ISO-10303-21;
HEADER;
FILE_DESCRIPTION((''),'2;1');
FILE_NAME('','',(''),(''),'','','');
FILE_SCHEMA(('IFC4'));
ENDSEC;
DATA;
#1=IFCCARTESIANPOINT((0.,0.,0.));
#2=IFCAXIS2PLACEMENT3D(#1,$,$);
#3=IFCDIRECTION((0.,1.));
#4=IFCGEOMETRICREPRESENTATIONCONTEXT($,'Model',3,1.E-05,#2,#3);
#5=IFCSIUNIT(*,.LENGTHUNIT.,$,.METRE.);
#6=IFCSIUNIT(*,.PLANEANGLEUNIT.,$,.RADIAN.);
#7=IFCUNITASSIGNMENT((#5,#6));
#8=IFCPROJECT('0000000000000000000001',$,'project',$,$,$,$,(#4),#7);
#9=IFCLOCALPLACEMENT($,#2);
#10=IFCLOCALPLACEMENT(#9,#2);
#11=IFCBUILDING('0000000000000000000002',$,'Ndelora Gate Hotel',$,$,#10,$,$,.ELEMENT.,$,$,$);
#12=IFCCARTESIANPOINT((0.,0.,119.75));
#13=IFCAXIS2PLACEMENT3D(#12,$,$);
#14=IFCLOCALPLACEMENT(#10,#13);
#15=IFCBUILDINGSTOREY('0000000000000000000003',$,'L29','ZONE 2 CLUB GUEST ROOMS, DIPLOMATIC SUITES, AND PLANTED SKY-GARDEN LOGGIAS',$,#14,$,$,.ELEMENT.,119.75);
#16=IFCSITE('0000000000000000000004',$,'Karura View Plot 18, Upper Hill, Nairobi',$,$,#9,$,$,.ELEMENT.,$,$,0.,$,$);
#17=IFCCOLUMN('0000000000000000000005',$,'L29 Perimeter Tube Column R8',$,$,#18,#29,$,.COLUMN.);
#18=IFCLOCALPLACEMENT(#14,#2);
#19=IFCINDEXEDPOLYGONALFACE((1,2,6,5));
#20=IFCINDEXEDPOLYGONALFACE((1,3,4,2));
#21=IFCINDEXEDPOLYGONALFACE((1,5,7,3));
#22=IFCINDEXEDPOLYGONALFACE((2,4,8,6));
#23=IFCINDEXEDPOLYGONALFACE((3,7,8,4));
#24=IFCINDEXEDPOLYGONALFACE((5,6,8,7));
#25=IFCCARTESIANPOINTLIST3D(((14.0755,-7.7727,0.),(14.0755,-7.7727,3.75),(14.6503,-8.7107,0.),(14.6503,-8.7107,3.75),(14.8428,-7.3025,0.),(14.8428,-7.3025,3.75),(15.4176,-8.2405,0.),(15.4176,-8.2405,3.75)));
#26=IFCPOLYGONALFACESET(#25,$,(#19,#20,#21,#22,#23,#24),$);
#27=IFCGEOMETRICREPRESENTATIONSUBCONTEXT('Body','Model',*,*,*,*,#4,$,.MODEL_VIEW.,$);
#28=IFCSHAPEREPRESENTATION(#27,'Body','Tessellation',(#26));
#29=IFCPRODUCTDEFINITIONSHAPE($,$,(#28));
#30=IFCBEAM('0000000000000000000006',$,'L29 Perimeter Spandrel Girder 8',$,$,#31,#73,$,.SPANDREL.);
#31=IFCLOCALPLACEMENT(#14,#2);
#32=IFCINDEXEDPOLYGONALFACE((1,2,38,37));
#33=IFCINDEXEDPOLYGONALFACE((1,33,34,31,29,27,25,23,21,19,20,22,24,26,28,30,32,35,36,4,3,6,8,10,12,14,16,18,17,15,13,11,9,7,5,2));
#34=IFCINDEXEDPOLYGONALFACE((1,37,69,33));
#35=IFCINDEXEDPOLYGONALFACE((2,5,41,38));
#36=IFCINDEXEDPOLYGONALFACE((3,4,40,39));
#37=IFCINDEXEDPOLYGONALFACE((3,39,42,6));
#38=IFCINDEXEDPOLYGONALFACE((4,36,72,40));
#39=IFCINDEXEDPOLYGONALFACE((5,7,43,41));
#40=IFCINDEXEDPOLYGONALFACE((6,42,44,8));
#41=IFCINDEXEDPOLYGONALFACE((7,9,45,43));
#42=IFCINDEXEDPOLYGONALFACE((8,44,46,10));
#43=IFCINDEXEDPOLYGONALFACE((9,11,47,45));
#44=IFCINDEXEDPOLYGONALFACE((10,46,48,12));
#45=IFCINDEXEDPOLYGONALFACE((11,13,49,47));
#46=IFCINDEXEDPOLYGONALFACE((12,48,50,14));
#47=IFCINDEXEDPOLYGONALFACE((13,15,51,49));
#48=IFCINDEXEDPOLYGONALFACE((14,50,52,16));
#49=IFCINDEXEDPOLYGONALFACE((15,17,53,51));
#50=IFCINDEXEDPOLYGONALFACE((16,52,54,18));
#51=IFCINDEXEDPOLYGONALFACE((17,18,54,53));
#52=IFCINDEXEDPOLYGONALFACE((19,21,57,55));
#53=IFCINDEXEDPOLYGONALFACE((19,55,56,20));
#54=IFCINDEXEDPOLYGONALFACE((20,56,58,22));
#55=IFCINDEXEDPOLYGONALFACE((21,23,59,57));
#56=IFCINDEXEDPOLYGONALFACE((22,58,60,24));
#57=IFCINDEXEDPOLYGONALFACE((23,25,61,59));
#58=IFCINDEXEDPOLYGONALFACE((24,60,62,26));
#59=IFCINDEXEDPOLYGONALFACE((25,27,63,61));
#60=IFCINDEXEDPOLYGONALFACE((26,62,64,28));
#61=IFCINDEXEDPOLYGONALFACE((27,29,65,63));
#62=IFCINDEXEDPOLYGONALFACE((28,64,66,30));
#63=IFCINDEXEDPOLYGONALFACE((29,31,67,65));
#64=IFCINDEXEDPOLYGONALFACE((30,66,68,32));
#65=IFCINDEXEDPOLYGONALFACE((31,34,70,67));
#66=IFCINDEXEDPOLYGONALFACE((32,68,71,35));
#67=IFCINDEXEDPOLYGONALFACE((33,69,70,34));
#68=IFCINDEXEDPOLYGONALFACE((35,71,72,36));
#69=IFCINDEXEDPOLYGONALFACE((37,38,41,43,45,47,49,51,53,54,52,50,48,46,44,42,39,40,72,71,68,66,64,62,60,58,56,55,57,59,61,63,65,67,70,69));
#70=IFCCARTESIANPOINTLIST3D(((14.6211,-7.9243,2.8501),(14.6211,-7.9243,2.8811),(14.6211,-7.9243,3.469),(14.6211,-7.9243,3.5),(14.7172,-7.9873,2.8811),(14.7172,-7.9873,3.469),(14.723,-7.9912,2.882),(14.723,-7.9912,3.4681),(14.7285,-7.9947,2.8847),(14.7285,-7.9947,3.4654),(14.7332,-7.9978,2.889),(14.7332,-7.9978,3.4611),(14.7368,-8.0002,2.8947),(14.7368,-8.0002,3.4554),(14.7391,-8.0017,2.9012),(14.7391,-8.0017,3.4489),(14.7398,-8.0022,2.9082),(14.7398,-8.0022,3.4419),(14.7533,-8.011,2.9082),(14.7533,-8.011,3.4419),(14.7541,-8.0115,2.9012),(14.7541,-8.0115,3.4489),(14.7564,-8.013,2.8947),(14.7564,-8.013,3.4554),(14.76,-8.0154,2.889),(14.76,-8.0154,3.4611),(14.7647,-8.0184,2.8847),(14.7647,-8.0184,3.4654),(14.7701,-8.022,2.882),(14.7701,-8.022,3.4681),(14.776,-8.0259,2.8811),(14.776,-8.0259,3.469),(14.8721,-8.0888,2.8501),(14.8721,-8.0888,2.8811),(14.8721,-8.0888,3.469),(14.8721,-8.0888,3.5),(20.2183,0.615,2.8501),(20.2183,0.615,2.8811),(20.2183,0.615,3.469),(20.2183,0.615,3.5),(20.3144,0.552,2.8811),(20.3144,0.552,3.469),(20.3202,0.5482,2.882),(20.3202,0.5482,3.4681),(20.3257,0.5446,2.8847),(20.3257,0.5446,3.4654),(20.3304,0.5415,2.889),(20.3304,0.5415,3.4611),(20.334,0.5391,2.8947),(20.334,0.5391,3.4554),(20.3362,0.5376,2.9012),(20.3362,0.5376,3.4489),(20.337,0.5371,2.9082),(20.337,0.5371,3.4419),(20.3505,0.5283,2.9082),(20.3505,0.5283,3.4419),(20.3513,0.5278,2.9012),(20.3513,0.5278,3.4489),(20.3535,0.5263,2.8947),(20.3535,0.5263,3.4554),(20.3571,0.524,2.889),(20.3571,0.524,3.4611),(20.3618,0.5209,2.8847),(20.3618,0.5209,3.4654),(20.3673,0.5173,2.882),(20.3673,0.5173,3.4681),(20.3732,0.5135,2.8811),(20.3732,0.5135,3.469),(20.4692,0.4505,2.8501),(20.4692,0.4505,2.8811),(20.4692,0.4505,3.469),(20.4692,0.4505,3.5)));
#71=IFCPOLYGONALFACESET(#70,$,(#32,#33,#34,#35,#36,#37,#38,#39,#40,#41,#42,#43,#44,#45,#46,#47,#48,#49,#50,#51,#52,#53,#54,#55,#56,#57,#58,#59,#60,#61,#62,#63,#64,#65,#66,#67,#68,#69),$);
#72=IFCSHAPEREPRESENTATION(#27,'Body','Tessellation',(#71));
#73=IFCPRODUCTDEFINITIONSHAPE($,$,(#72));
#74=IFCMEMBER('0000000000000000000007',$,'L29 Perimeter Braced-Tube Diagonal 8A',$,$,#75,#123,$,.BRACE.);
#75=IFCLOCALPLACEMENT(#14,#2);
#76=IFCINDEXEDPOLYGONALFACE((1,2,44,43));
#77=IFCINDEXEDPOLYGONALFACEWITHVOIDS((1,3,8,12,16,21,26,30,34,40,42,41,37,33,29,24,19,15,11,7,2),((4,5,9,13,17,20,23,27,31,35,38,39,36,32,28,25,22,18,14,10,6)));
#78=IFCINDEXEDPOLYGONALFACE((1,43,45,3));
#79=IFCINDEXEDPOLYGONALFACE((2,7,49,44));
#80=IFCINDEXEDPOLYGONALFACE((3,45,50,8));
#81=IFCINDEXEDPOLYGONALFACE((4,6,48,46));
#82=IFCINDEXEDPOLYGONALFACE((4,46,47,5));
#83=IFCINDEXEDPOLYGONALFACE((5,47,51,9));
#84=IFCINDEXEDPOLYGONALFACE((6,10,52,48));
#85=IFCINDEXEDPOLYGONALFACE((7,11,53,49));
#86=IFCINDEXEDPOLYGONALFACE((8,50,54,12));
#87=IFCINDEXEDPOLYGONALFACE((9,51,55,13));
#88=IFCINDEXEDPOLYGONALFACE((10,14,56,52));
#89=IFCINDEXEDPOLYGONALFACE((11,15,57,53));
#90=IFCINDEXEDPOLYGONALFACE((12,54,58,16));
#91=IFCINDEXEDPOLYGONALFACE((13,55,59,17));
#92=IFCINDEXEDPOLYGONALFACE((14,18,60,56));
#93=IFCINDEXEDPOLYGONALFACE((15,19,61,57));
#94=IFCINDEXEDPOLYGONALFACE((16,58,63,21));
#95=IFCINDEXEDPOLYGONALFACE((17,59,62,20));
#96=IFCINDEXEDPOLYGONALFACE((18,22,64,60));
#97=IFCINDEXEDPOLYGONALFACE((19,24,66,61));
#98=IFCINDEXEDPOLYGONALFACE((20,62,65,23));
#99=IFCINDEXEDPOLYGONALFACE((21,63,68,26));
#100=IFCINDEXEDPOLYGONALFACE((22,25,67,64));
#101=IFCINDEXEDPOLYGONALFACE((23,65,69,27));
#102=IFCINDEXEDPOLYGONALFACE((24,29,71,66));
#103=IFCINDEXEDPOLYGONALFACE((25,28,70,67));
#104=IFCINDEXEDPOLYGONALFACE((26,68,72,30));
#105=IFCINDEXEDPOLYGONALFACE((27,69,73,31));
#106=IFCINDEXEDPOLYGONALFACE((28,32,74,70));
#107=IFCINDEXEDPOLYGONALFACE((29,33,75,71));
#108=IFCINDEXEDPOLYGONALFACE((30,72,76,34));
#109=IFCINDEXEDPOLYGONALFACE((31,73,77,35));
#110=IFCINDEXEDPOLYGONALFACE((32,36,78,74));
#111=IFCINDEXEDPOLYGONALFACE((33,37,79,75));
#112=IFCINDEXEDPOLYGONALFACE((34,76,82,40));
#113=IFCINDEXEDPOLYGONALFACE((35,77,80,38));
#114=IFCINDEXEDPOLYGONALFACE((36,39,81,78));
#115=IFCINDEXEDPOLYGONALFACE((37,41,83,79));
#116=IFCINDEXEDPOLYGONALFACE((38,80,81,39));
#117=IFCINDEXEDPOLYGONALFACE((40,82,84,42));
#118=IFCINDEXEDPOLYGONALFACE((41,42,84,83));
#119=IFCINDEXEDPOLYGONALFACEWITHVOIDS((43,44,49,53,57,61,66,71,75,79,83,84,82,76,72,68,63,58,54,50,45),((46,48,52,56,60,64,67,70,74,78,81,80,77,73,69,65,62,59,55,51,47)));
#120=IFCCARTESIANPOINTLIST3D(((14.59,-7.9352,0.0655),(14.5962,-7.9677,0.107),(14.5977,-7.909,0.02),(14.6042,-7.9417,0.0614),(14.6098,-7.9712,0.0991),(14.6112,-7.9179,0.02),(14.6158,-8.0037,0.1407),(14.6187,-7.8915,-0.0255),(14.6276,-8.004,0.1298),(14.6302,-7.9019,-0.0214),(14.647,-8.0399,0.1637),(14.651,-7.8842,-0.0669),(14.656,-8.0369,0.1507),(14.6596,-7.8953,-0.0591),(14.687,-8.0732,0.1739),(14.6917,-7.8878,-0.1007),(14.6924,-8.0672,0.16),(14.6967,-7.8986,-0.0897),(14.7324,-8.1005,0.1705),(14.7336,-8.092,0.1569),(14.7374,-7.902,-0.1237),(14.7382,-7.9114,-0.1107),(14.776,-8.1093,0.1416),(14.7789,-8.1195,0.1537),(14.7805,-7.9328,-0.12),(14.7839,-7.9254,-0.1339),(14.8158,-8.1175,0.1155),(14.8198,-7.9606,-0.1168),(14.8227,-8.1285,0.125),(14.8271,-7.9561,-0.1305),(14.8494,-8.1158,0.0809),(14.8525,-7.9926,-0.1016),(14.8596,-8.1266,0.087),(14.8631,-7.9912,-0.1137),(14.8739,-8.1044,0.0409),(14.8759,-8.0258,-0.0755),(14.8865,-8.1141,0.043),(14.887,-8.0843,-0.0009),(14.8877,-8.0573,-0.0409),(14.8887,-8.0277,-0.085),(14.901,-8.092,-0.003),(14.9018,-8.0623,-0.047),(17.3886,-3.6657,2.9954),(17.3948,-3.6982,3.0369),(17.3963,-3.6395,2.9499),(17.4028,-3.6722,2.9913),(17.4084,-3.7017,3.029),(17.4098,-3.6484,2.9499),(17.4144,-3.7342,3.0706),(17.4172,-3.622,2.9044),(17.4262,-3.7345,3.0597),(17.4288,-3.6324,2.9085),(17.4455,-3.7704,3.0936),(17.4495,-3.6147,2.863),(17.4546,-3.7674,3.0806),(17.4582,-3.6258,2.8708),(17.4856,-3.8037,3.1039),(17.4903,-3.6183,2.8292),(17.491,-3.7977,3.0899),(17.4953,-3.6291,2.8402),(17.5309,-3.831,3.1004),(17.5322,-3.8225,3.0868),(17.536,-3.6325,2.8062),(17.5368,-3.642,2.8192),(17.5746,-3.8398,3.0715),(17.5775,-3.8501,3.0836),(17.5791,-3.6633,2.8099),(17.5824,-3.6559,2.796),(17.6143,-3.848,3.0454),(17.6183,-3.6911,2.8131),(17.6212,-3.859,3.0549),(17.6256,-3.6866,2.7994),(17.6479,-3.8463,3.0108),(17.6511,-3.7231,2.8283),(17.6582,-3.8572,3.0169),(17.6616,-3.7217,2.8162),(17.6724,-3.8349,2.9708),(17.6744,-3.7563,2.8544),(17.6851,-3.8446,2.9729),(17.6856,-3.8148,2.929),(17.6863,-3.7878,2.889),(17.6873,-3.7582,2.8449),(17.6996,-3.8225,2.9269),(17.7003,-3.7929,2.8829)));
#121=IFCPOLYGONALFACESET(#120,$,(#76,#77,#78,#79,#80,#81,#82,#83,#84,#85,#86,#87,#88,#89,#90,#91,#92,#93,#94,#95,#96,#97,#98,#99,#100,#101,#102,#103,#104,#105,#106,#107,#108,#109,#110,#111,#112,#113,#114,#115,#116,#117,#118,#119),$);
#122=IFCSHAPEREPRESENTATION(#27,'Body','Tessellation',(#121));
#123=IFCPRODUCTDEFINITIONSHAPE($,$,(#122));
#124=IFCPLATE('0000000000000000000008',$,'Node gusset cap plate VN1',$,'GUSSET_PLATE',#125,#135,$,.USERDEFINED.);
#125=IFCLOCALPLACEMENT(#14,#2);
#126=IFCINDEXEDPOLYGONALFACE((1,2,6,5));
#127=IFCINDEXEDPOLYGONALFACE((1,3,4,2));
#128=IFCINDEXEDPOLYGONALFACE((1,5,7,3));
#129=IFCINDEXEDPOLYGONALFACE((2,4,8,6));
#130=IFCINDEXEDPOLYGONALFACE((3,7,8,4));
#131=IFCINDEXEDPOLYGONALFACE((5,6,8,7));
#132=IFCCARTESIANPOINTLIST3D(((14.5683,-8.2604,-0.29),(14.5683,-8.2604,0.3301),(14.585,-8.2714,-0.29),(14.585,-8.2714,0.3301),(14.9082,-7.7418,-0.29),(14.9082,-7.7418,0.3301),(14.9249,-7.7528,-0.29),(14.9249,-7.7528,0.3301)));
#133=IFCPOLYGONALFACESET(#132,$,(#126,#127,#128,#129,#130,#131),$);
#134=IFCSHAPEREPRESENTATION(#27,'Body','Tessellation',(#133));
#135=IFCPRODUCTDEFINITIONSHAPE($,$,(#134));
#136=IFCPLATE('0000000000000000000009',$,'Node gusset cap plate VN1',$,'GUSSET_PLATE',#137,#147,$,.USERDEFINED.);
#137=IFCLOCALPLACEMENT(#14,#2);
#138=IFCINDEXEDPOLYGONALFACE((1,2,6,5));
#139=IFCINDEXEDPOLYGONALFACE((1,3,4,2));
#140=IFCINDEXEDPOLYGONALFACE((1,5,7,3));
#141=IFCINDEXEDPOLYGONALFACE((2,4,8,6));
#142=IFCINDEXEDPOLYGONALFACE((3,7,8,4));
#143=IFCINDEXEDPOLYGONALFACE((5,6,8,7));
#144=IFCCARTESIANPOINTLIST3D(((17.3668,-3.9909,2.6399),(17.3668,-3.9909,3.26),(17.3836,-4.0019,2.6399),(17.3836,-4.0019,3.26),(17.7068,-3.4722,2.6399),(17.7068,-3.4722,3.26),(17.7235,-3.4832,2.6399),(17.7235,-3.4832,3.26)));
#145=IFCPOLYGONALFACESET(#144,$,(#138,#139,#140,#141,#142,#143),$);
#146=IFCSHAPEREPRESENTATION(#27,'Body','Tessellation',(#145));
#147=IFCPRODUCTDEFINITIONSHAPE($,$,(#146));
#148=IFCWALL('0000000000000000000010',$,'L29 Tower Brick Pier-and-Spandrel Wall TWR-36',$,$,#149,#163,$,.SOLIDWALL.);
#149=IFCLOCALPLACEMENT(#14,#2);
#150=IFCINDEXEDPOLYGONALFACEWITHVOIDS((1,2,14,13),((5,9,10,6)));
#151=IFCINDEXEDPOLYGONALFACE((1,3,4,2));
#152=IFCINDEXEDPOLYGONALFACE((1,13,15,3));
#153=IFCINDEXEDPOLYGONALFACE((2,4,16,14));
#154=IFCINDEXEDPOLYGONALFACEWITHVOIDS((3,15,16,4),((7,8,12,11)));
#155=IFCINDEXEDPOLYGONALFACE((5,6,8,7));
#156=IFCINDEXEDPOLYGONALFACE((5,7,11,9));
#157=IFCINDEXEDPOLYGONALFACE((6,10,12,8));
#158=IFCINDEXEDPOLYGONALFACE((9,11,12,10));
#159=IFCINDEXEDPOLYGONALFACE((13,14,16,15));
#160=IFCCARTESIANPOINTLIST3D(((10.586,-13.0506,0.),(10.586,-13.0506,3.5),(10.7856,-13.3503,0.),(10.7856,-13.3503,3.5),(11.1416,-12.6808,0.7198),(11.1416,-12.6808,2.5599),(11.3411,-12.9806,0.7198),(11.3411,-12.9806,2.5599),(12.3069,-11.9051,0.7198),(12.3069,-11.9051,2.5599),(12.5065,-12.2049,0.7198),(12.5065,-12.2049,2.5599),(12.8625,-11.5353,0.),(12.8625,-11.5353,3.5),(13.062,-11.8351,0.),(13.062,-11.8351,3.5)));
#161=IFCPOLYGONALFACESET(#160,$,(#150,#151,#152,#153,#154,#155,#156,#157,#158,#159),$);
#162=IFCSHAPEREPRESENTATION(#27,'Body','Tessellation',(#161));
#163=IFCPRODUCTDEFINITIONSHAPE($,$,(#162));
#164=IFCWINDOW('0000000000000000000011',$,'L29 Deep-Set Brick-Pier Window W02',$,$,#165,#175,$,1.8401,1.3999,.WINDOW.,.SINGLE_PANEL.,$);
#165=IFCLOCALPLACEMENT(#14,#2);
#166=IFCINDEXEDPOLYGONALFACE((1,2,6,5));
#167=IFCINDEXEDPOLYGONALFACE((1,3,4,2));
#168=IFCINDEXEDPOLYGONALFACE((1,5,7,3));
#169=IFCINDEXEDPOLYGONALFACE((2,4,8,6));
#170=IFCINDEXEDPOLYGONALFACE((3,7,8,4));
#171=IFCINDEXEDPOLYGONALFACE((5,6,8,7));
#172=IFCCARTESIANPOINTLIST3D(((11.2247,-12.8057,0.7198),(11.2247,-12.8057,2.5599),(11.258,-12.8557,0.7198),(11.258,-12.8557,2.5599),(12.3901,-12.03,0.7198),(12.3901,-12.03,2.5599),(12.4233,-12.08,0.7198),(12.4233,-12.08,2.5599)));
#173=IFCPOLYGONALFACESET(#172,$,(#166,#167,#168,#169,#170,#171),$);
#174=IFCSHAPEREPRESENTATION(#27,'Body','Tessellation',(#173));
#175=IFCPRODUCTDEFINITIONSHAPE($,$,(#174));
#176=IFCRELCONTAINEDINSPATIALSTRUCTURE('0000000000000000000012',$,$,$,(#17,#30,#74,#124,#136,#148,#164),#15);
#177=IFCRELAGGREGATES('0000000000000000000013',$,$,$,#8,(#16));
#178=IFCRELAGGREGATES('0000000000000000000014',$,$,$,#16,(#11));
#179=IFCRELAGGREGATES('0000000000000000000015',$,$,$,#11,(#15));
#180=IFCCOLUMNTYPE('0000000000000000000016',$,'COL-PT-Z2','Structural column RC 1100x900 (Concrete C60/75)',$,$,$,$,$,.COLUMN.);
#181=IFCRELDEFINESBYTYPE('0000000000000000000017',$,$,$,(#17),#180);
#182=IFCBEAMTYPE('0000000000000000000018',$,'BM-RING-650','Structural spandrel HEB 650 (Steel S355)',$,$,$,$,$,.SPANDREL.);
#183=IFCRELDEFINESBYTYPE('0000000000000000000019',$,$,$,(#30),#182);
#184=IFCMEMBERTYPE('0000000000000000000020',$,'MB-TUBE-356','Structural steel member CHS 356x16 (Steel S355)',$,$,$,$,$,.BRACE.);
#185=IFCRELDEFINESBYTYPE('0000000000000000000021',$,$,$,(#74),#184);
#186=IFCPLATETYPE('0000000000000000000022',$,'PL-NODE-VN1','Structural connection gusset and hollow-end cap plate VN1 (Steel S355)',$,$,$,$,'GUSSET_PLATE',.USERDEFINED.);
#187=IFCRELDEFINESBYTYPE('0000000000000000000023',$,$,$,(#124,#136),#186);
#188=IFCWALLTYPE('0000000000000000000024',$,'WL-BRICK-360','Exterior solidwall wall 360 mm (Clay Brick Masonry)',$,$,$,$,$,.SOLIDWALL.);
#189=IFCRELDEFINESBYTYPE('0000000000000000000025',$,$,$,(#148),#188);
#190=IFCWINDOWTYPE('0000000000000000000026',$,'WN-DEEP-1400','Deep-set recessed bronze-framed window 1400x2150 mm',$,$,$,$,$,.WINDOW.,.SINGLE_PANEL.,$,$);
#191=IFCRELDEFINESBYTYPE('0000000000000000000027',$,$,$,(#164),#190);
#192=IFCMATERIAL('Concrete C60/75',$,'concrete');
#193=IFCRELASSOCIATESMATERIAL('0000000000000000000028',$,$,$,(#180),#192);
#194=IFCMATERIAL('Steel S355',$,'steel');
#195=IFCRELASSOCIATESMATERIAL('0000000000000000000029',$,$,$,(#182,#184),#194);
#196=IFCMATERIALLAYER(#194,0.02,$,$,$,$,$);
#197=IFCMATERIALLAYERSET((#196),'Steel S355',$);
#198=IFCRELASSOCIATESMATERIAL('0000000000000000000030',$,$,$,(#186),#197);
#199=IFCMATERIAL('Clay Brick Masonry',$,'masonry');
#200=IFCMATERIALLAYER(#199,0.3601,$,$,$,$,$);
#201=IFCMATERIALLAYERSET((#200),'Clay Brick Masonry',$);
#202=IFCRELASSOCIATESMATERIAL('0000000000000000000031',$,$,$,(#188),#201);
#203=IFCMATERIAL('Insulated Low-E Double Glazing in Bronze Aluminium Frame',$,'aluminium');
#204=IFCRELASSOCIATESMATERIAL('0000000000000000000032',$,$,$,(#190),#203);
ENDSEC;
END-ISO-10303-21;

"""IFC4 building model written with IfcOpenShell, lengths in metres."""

from ifc_helpers import new_model, si_unit, direction, frame, frame_2d, origin, origin_2d, place, context, subcontext, project, spatial, rectangle, hollow_circle, i_section, extrude, material, layer, layer_set, material_profile, profile_set, type_object, element, fill, save


model = new_model("IFC4")

# Units and contexts
model_context = context("Model", 3, precision=1e-05, world=origin(), true_north=direction((0.0, 1.0)))
body_context = subcontext(model_context, "Body", "Model", "MODEL_VIEW")
ifc_project = project(units=[si_unit("LENGTHUNIT", "METRE"), si_unit("PLANEANGLEUNIT", "RADIAN")], contexts=[model_context])

# Site, building, storey
site_placement = place(None, origin())
site = spatial("IfcSite", under=ifc_project, at=site_placement, Name="Karura View Plot 18, Upper Hill, Nairobi", CompositionType="ELEMENT", RefElevation=0.0)
building_placement = place(site_placement, origin())
building = spatial("IfcBuilding", under=site, at=building_placement, Name="Ndelora Gate Hotel", CompositionType="ELEMENT")
storey_placement = place(building_placement, frame((0.0, 0.0, 119.75)))
storey = spatial("IfcBuildingStorey", under=building, at=storey_placement, Name="L29", Description="ZONE 2 CLUB GUEST ROOMS, DIPLOMATIC SUITES, AND PLANTED SKY-GARDEN LOGGIAS", CompositionType="ELEMENT", Elevation=119.75)

# Column
ifc_material_1 = material(Name="Concrete C60/75", Category="concrete")
ifc_material_profile_1 = material_profile(ifc_material_1, rectangle(XDim=0.8999, YDim=1.1001, at=origin_2d()), Name="RC 1100x900")
ifc_profile_set_1 = profile_set([ifc_material_profile_1], Name="Concrete C60/75")
column_type = type_object("IfcColumnType", Name="COL-PT-Z2", Description="Structural column RC 1100x900 (Concrete C60/75)", PredefinedType="COLUMN", material=ifc_profile_set_1)
column_placement = place(storey_placement, frame((14.7466, -8.0066, 0.0), z_axis=(0.0, 0.0, 1.0), x_axis=(0.85264, 0.522499, 0.0)))
element("IfcColumn", 1, at=column_placement, inside=storey, type_object=column_type, Name="L29 Perimeter Tube Column R8", PredefinedType="COLUMN", context=body_context, shape_type="SweptSolid", body=[
    extrude(rectangle(XDim=0.8999, YDim=1.1001, at=origin_2d()), origin(), (0.0, 0.0, 1.0), 3.75),
])

# Beam
ifc_material_2 = material(Name="Steel S355", Category="steel")
ifc_material_profile_2 = material_profile(ifc_material_2, i_section(OverallWidth=0.3, OverallDepth=0.6499, WebThickness=0.0161, FlangeThickness=0.031, FilletRadius=0.0271, at=origin_2d()), Name="HEB 650")
ifc_profile_set_2 = profile_set([ifc_material_profile_2], Name="Steel S355")
beam_type = type_object("IfcBeamType", Name="BM-RING-650", Description="Structural spandrel HEB 650 (Steel S355)", PredefinedType="SPANDREL", material=ifc_profile_set_2)
beam_placement = place(storey_placement, frame((14.7466, -8.0066, 3.175), z_axis=(0.548194, 0.836351, 0.0), x_axis=(-0.836351, 0.548194, 0.0)))
element("IfcBeam", 2, at=beam_placement, inside=storey, type_object=beam_type, Name="L29 Perimeter Spandrel Girder 8", PredefinedType="SPANDREL", context=body_context, shape_type="SweptSolid", body=[
    extrude(i_section(OverallWidth=0.3, OverallDepth=0.6499, WebThickness=0.0161, FlangeThickness=0.031, FilletRadius=0.0271, at=origin_2d()), origin(), (0.0, 0.0, 1.0), 10.2102),
])

# Member
ifc_material_profile_3 = material_profile(ifc_material_2, hollow_circle(Radius=0.178, WallThickness=0.0161, at=origin_2d()), Name="CHS 356x16")
ifc_profile_set_3 = profile_set([ifc_material_profile_3], Name="Steel S355")
member_type = type_object("IfcMemberType", Name="MB-TUBE-356", Description="Structural steel member CHS 356x16 (Steel S355)", PredefinedType="BRACE", material=ifc_profile_set_3)
member_placement = place(storey_placement, frame((14.7466, -8.0066, 0.02), z_axis=(0.475461, 0.725366, 0.497776), x_axis=(-0.836344, 0.548205, 0.0)))
element("IfcMember", 3, at=member_placement, inside=storey, type_object=member_type, Name="L29 Perimeter Braced-Tube Diagonal 8A", PredefinedType="BRACE", context=body_context, shape_type="SweptSolid", body=[
    extrude(hollow_circle(Radius=0.178, WallThickness=0.0161, at=origin_2d()), origin(), (0.0, 0.0, 1.0), 5.886),
])

# Plates
ifc_layer_1 = layer(ifc_material_2, 0.02)
ifc_layer_set_1 = layer_set([ifc_layer_1], Name="Steel S355")
plate_type = type_object("IfcPlateType", Name="PL-NODE-VN1", Description="Structural connection gusset and hollow-end cap plate VN1 (Steel S355)", ElementType="GUSSET_PLATE", PredefinedType="USERDEFINED", material=ifc_layer_set_1)
for number, where, z_axis, x_axis, name in (
    (4, (14.7466, -8.0066, -0.29), (0.0, 0.0, 1.0), (0.548147, 0.836382, 0.0), "Node gusset cap plate VN1"),
    (5, (17.5452, -3.7371, 2.6399), (0.0, 0.0, 1.0), (0.548147, 0.836382, 0.0), "Node gusset cap plate VN1"),
):
    element("IfcPlate", number, at=place(storey_placement, frame(where, z_axis=z_axis, x_axis=x_axis)), inside=storey, type_object=plate_type, Name=name, ObjectType="GUSSET_PLATE", PredefinedType="USERDEFINED", context=body_context, shape_type="SweptSolid", body=[
        extrude(rectangle(XDim=0.6201, YDim=0.02, at=origin_2d()), origin(), (0.0, 0.0, 1.0), 0.6201),
    ])

# Wall, opening, window
ifc_material_3 = material(Name="Clay Brick Masonry", Category="masonry")
ifc_layer_2 = layer(ifc_material_3, 0.3601)
ifc_layer_set_2 = layer_set([ifc_layer_2], Name="Clay Brick Masonry")
wall_type_1 = type_object("IfcWallType", Name="WL-BRICK-360", Description="Exterior solidwall wall 360 mm (Clay Brick Masonry)", PredefinedType="SOLIDWALL", material=ifc_layer_set_2)
wall_1_placement = place(storey_placement, frame((12.9622, -11.6853, 0.0), z_axis=(0.0, 0.0, 1.0), x_axis=(-0.832462, -0.554082, 0.0)))
wall_1 = element("IfcWall", 6, at=wall_1_placement, inside=storey, type_object=wall_type_1, Name="L29 Tower Brick Pier-and-Spandrel Wall TWR-36", PredefinedType="SOLIDWALL", context=body_context, shape_type="SweptSolid", body=[
    extrude(rectangle(XDim=2.7346, YDim=0.3601, at=frame_2d((1.3672, 0.0))), origin(), (0.0, 0.0, 1.0), 3.5),
])
opening_1_placement = place(wall_1_placement, frame((0.6672, 0.0, 0.72)))
opening_1 = element("IfcOpeningElement", 7, at=opening_1_placement, cuts=wall_1, PredefinedType="OPENING", context=body_context, shape_type="SweptSolid", body=[
    extrude(rectangle(XDim=1.3999, YDim=1.8401, at=frame_2d((0.7, 0.9199))), frame((0.0, 0.1899, 0.0), z_axis=(0.0, -1.0, 0.0), x_axis=(1.0, 0.0, 0.0)), (0.0, 0.0, 1.0), 0.3801),
])
ifc_material_4 = material(Name="Insulated Low-E Double Glazing in Bronze Aluminium Frame", Category="aluminium")
window_type_1 = type_object("IfcWindowType", Name="WN-DEEP-1400", Description="Deep-set recessed bronze-framed window 1400x2150 mm", PartitioningType="SINGLE_PANEL", PredefinedType="WINDOW", material=ifc_material_4)
window_1_placement = place(opening_1_placement, origin())
window_1 = element("IfcWindow", 8, at=window_1_placement, inside=storey, type_object=window_type_1, Name="L29 Deep-Set Brick-Pier Window W02", OverallHeight=1.8401, OverallWidth=1.3999, PartitioningType="SINGLE_PANEL", PredefinedType="WINDOW", context=body_context, shape_type="SweptSolid", body=[
    extrude(rectangle(XDim=1.3999, YDim=1.8401, at=frame_2d((0.7, 0.9199))), frame((0.0, 0.03, 0.0), z_axis=(0.0, -1.0, 0.0), x_axis=(1.0, 0.0, 0.0)), (0.0, 0.0, 1.0), 0.0601),
])
fill(opening_1, window_1)

save(model, "model.ifc")
